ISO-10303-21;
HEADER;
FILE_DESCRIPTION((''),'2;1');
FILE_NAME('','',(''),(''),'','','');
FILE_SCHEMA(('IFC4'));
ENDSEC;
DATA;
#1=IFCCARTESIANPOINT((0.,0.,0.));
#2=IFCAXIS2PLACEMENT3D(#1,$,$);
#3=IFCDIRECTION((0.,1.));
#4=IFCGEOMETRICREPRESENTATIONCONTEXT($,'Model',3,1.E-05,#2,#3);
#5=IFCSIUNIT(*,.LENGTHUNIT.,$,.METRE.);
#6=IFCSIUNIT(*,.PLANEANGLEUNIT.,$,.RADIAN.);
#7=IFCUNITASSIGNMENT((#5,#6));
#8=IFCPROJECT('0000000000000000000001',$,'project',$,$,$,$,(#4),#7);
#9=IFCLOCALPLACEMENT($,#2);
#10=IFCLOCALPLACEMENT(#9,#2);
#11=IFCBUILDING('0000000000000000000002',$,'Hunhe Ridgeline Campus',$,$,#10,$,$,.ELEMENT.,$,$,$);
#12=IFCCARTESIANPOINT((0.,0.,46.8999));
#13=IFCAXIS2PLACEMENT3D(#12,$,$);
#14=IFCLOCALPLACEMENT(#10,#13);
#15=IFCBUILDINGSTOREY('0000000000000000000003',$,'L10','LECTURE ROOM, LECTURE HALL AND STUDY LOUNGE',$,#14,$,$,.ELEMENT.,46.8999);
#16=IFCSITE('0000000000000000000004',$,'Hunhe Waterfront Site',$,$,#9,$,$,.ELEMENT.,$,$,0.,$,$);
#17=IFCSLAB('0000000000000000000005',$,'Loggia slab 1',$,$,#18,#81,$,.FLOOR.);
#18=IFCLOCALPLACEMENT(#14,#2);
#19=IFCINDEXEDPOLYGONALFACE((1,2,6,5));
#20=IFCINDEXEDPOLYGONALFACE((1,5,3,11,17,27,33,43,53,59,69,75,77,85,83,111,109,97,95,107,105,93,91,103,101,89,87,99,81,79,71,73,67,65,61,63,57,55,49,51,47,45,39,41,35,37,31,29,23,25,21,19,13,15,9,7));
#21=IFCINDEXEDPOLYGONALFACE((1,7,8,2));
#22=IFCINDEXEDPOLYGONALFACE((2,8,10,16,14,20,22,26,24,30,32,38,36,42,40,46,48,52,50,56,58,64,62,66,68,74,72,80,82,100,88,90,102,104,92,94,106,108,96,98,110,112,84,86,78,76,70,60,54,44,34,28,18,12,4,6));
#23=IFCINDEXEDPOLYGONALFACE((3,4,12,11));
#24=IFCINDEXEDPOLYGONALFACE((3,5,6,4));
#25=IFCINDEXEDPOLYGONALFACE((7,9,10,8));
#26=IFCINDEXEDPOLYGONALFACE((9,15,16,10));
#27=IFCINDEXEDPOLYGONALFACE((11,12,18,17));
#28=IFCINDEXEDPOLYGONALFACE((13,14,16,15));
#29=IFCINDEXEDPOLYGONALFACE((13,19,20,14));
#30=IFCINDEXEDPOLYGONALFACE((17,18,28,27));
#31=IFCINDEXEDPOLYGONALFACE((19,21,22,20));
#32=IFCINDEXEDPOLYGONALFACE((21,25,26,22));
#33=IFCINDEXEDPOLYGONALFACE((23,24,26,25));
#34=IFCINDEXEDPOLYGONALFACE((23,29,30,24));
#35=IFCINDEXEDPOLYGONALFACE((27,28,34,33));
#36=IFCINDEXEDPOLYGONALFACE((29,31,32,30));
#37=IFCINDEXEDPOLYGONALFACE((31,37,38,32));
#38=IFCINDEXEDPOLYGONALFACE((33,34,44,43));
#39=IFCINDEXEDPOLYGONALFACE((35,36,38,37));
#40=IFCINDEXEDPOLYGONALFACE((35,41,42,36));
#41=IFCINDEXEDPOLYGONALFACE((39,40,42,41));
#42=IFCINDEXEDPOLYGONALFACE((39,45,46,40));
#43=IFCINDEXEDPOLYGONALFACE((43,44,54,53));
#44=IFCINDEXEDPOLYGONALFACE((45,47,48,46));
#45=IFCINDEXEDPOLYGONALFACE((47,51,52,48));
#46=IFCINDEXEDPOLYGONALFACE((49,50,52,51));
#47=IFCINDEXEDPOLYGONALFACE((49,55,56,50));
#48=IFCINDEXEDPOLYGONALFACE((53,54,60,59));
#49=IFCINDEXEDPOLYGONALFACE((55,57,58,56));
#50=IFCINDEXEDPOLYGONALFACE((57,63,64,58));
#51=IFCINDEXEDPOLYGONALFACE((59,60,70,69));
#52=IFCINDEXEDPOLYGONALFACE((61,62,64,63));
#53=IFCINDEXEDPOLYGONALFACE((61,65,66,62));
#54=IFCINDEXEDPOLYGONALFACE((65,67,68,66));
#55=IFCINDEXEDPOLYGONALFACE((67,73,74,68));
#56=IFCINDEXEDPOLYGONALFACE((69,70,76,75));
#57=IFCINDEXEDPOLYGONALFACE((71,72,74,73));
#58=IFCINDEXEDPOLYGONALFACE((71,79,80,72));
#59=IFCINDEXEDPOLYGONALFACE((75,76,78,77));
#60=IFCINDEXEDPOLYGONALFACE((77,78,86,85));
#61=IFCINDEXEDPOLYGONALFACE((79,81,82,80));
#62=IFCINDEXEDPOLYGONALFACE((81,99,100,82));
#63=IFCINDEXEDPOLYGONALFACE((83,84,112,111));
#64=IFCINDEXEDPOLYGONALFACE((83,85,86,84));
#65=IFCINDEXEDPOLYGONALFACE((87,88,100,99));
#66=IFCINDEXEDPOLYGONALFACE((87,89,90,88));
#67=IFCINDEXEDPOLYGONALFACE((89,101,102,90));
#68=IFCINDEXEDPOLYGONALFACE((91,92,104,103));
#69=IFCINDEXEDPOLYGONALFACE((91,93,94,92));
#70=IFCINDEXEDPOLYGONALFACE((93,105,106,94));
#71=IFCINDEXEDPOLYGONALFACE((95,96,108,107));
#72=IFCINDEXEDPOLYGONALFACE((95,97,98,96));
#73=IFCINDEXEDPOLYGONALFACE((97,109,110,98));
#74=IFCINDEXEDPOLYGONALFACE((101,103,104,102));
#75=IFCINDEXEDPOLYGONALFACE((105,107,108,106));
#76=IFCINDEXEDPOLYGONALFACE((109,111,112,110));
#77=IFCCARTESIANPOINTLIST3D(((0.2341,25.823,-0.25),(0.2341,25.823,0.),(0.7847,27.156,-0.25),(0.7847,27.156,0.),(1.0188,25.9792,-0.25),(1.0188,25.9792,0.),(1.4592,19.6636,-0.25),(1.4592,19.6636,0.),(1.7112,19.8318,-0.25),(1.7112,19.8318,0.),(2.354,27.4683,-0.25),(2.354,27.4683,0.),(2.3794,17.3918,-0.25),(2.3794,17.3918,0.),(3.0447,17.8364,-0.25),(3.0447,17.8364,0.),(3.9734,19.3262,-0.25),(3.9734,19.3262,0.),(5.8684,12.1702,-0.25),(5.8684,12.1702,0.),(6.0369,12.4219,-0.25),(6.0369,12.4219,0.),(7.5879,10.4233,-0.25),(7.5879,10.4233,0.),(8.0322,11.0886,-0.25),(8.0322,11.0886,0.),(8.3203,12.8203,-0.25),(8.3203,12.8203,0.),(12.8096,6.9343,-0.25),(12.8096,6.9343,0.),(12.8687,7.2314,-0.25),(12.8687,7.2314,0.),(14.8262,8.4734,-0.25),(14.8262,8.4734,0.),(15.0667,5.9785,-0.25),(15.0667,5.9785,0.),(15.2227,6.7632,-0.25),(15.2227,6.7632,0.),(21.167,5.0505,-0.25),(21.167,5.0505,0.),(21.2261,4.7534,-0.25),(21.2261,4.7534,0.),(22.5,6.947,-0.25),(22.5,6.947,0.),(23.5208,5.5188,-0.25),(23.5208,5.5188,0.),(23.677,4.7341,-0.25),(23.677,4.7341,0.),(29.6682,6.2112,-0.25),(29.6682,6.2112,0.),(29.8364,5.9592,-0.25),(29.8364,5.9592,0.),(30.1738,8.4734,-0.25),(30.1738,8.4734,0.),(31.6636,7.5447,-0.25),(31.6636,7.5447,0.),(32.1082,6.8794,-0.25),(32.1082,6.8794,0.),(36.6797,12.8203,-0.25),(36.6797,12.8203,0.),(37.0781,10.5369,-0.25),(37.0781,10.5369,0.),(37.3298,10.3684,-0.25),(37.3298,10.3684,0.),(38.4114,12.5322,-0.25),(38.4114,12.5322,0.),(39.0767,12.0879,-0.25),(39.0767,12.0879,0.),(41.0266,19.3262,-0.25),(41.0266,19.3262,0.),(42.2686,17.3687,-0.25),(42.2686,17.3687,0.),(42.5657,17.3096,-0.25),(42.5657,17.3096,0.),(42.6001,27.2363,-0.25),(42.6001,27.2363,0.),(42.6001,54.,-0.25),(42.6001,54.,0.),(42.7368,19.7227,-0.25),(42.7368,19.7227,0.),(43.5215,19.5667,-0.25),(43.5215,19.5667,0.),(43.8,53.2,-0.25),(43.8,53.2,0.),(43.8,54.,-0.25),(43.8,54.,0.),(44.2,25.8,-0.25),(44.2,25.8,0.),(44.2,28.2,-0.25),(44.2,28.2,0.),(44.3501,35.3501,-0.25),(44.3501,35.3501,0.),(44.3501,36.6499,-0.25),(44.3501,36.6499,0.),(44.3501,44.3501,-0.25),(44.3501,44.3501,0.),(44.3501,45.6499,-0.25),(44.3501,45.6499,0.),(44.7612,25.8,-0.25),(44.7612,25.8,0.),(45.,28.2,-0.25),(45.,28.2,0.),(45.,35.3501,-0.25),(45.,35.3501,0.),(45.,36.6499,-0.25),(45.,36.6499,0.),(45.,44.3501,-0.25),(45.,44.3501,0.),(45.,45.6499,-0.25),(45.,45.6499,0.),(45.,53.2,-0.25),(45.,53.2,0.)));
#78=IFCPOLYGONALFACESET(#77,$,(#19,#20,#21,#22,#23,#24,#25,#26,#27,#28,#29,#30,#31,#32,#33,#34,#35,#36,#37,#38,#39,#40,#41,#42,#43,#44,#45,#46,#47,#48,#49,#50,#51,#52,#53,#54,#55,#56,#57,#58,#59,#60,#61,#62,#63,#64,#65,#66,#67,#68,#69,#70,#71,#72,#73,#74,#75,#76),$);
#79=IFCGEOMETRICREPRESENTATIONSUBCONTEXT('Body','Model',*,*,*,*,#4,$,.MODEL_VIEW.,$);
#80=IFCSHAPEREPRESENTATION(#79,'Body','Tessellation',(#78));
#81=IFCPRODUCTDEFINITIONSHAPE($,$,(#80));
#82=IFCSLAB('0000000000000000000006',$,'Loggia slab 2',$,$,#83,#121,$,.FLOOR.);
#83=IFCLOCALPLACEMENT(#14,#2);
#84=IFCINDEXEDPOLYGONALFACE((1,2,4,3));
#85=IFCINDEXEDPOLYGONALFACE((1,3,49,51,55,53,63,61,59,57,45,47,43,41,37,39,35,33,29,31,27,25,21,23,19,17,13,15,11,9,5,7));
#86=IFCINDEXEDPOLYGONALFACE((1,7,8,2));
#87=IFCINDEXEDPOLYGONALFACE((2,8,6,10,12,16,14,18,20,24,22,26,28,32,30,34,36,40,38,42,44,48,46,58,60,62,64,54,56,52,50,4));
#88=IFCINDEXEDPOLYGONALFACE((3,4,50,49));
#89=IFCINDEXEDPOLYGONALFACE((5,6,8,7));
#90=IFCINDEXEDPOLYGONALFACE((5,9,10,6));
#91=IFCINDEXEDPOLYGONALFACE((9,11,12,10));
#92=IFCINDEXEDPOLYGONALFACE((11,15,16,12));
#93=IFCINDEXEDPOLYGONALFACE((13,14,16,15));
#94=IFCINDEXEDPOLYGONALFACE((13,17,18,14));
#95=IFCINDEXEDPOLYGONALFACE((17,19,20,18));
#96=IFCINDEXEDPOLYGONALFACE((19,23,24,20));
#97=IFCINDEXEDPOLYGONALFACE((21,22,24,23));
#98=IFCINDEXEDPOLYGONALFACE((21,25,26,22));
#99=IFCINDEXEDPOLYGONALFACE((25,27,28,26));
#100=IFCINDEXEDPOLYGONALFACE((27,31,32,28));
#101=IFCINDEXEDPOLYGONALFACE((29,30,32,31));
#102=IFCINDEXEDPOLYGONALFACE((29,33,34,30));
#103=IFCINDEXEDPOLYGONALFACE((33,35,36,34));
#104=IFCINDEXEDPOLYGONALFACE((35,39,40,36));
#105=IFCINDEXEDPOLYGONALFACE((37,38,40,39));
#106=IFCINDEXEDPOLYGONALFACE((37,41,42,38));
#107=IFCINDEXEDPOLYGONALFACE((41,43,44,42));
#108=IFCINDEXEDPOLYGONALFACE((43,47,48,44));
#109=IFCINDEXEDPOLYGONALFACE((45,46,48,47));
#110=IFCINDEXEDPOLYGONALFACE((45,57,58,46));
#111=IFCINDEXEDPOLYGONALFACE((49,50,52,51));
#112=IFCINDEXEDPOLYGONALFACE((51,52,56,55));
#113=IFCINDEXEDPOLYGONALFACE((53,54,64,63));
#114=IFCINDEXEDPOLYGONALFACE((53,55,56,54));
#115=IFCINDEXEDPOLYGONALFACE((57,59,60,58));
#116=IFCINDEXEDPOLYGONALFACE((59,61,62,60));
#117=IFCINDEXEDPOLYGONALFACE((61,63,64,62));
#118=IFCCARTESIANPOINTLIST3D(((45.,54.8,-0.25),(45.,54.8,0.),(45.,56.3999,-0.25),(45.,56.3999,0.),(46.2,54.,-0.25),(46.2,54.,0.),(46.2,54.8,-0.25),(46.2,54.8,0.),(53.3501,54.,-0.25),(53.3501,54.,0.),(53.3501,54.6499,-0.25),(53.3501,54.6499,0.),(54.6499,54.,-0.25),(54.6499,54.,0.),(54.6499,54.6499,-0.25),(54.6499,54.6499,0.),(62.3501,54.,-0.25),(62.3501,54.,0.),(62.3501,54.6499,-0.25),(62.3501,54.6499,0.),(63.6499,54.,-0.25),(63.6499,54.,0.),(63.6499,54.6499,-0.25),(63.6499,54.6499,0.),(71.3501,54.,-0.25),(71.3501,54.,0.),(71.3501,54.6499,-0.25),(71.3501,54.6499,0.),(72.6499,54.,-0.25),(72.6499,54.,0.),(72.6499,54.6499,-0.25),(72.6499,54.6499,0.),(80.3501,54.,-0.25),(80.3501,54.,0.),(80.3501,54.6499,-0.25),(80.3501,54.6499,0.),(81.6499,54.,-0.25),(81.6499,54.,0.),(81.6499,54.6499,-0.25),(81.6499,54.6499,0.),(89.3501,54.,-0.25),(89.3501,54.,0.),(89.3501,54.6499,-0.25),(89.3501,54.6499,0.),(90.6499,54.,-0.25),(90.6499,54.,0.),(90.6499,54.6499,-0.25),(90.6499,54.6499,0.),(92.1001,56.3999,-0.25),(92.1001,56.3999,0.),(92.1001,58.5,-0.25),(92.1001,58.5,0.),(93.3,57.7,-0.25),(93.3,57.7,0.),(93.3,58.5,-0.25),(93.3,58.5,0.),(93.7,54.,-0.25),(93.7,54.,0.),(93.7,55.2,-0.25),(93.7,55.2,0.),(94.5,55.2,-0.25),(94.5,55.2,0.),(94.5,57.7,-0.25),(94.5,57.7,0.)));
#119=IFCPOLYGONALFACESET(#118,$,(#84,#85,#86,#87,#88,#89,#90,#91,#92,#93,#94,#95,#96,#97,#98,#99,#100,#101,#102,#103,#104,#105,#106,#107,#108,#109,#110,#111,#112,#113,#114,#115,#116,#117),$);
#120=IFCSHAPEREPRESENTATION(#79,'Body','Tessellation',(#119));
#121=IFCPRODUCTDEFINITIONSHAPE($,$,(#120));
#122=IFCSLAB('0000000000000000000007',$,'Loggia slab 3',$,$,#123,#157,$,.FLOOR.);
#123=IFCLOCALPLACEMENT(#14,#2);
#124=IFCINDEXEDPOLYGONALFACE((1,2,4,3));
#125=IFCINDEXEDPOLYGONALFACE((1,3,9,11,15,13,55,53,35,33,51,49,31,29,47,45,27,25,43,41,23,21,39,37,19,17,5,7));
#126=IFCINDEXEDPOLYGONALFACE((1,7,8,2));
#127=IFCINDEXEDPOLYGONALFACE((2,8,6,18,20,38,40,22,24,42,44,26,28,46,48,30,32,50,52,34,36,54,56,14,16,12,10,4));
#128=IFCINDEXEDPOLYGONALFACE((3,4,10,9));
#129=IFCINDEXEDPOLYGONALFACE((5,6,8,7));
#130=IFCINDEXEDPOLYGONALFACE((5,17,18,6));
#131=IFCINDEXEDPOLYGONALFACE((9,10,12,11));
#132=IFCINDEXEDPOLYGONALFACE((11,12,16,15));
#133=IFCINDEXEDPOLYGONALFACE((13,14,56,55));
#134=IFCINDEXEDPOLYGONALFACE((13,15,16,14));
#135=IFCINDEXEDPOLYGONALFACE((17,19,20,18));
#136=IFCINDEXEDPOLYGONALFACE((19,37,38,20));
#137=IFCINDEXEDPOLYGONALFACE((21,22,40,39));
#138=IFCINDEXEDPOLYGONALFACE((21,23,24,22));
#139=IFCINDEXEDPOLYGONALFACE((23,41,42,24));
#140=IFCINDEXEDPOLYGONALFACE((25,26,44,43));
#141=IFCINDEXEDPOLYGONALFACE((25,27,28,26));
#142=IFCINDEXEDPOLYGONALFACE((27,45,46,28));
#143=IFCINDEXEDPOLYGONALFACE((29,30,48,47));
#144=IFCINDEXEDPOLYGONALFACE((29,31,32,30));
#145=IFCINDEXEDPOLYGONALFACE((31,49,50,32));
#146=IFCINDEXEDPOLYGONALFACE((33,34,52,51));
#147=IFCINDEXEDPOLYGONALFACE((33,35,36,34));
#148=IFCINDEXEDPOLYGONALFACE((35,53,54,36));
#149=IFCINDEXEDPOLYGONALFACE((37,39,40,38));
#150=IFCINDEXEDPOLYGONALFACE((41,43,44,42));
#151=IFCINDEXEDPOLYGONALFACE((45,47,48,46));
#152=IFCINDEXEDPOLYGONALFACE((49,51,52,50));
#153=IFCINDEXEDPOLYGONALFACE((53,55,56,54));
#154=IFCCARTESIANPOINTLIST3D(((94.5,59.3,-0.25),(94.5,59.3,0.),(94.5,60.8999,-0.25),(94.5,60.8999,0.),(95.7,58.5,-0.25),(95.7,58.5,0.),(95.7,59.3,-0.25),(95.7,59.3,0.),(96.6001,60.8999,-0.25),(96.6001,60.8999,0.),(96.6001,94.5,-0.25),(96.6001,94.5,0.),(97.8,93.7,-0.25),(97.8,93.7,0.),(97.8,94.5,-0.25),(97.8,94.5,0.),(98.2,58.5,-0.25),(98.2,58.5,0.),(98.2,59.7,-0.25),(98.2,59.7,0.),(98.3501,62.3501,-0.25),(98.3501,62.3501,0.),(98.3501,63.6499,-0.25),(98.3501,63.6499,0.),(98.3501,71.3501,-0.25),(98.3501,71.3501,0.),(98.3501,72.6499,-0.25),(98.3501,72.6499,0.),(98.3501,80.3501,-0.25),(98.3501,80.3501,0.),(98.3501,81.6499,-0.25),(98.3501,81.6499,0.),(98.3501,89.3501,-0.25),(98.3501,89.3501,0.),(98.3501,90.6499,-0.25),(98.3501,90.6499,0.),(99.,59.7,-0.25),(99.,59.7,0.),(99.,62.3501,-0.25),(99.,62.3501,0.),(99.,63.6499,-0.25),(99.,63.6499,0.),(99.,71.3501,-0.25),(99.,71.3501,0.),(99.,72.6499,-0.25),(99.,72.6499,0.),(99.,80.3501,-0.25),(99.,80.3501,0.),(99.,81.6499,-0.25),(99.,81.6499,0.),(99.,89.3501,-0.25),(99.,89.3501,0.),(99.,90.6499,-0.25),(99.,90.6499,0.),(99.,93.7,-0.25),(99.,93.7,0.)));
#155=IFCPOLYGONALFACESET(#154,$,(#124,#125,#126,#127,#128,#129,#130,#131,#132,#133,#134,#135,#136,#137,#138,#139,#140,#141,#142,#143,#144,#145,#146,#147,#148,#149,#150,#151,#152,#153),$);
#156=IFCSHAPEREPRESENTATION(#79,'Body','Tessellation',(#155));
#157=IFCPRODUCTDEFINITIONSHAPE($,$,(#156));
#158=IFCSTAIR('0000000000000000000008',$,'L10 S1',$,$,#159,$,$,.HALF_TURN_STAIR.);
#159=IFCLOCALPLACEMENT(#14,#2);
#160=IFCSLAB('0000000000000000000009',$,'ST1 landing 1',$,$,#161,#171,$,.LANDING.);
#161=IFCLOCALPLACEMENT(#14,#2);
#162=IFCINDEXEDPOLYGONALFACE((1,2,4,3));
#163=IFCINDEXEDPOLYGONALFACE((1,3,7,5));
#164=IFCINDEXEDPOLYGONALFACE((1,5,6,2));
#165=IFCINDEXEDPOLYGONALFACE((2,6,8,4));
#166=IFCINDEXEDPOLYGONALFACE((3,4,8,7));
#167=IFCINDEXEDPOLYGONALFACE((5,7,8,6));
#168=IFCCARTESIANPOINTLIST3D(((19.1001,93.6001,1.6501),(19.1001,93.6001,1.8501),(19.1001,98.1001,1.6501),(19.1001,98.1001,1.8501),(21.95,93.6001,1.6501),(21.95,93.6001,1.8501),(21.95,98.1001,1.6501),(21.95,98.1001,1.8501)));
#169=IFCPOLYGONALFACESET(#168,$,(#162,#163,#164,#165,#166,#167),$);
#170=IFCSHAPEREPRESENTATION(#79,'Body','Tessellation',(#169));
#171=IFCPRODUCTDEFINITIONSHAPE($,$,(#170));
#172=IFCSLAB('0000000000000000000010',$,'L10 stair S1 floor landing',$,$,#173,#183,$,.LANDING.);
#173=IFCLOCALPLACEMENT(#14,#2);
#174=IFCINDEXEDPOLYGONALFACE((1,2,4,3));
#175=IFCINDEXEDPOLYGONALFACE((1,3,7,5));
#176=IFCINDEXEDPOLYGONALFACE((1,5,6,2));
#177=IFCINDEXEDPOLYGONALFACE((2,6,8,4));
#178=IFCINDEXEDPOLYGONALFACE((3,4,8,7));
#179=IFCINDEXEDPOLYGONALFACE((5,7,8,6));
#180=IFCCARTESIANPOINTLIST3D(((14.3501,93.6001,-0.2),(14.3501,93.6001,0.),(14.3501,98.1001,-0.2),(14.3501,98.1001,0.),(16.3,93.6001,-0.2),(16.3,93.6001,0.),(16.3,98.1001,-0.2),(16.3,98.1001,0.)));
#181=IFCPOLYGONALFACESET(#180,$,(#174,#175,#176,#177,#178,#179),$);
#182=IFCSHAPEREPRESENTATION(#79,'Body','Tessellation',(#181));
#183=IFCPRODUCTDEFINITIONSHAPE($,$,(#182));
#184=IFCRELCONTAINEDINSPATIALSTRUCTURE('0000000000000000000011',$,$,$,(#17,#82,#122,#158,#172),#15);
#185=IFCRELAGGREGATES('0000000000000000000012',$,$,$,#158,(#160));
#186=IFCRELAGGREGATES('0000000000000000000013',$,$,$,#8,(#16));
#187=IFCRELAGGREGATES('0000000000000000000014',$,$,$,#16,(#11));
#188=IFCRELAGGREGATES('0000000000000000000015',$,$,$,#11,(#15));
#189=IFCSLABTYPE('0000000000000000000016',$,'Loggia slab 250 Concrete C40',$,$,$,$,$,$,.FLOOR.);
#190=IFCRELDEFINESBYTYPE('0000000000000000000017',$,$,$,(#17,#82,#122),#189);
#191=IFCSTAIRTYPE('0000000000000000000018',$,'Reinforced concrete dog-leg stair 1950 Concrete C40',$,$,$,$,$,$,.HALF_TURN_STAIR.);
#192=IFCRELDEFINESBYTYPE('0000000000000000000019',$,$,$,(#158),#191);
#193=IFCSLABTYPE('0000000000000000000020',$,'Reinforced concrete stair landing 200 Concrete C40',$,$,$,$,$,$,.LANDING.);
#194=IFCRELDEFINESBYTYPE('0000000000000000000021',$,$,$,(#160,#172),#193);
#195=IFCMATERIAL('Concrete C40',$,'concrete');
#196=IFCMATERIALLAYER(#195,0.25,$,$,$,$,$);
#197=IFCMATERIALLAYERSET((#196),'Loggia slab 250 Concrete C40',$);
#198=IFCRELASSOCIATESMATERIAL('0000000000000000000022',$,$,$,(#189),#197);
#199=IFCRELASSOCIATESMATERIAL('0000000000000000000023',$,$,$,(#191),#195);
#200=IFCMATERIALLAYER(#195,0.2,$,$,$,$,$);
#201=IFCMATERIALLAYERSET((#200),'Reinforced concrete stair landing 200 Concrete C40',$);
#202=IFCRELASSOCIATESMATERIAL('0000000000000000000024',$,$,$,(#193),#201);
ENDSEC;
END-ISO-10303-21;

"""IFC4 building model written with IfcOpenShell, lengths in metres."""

from ifc_helpers import new_model, si_unit, direction, frame, origin, place, context, subcontext, project, spatial, polyline, outline, extrude, material, layer, layer_set, type_object, element, aggregate, save


model = new_model("IFC4")

# Units and contexts
model_context = context("Model", 3, precision=1e-05, world=origin(), true_north=direction((0.0, 1.0)))
body_context = subcontext(model_context, "Body", "Model", "MODEL_VIEW")
ifc_project = project(units=[si_unit("LENGTHUNIT", "METRE"), si_unit("PLANEANGLEUNIT", "RADIAN")], contexts=[model_context])

# Site, building, storey
site_placement = place(None, origin())
site = spatial("IfcSite", under=ifc_project, at=site_placement, Name="Hunhe Waterfront Site", CompositionType="ELEMENT", RefElevation=0.0)
building_placement = place(site_placement, origin())
building = spatial("IfcBuilding", under=site, at=building_placement, Name="Hunhe Ridgeline Campus", CompositionType="ELEMENT")
storey_placement = place(building_placement, frame((0.0, 0.0, 46.8999)))
storey = spatial("IfcBuildingStorey", under=building, at=storey_placement, Name="L10", Description="LECTURE ROOM, LECTURE HALL AND STUDY LOUNGE", CompositionType="ELEMENT", Elevation=46.8999)

# Slabs
ifc_material_1 = material(Name="Concrete C40", Category="concrete")
ifc_layer_1 = layer(ifc_material_1, 0.25)
ifc_layer_set_1 = layer_set([ifc_layer_1], Name="Loggia slab 250 Concrete C40")
slab_type_1 = type_object("IfcSlabType", Name="Loggia slab 250 Concrete C40", PredefinedType="FLOOR", material=ifc_layer_set_1)
slab_1_placement = place(storey_placement, frame((0.0, 0.0, -0.25)))
element("IfcSlab", 1, at=slab_1_placement, inside=storey, type_object=slab_type_1, Name="Loggia slab 1", PredefinedType="FLOOR", context=body_context, shape_type="SweptSolid", body=[
    extrude(outline(polyline([(30.1738, 8.4734), (22.5, 6.947), (14.8262, 8.4734), (8.3203, 12.8203), (3.9734, 19.3262), (2.354, 27.4683), (0.7847, 27.156), (1.0188, 25.9792), (0.2341, 25.823), (1.4592, 19.6636), (1.7112, 19.8318), (3.0447, 17.8364), (2.3794, 17.3918), (5.8684, 12.1702), (6.0369, 12.4219), (8.0322, 11.0886), (7.5879, 10.4233), (12.8096, 6.9343), (12.8687, 7.2314), (15.2227, 6.7632), (15.0667, 5.9785), (21.2261, 4.7534), (21.167, 5.0505), (23.5208, 5.5188), (23.677, 4.7341), (29.8364, 5.9592), (29.6682, 6.2112), (31.6636, 7.5447), (32.1082, 6.8794), (37.3298, 10.3684), (37.0781, 10.5369), (38.4114, 12.5322), (39.0767, 12.0879), (42.5657, 17.3096), (42.2686, 17.3687), (42.7368, 19.7227), (43.5215, 19.5667), (44.7612, 25.8), (44.2, 25.8), (44.2, 28.2), (45.0, 28.2), (45.0, 35.3501), (44.3501, 35.3501), (44.3501, 36.6499), (45.0, 36.6499), (45.0, 44.3501), (44.3501, 44.3501), (44.3501, 45.6499), (45.0, 45.6499), (45.0, 53.2), (43.8, 53.2), (43.8, 54.0), (42.6001, 54.0), (42.6001, 27.2363), (41.0266, 19.3262), (36.6797, 12.8203), (30.1738, 8.4734)])), origin(), (0.0, 0.0, 1.0), 0.25),
])
slab_2_placement = place(storey_placement, frame((0.0, 0.0, -0.25)))
element("IfcSlab", 2, at=slab_2_placement, inside=storey, type_object=slab_type_1, Name="Loggia slab 2", PredefinedType="FLOOR", context=body_context, shape_type="SweptSolid", body=[
    extrude(outline(polyline([(45.0, 54.8), (46.2, 54.8), (46.2, 54.0), (53.3501, 54.0), (53.3501, 54.6499), (54.6499, 54.6499), (54.6499, 54.0), (62.3501, 54.0), (62.3501, 54.6499), (63.6499, 54.6499), (63.6499, 54.0), (71.3501, 54.0), (71.3501, 54.6499), (72.6499, 54.6499), (72.6499, 54.0), (80.3501, 54.0), (80.3501, 54.6499), (81.6499, 54.6499), (81.6499, 54.0), (89.3501, 54.0), (89.3501, 54.6499), (90.6499, 54.6499), (90.6499, 54.0), (93.7, 54.0), (93.7, 55.2), (94.5, 55.2), (94.5, 57.7), (93.3, 57.7), (93.3, 58.5), (92.1001, 58.5), (92.1001, 56.3999), (45.0, 56.3999), (45.0, 54.8)])), origin(), (0.0, 0.0, 1.0), 0.25),
])
slab_3_placement = place(storey_placement, frame((0.0, 0.0, -0.25)))
element("IfcSlab", 3, at=slab_3_placement, inside=storey, type_object=slab_type_1, Name="Loggia slab 3", PredefinedType="FLOOR", context=body_context, shape_type="SweptSolid", body=[
    extrude(outline(polyline([(94.5, 59.3), (95.7, 59.3), (95.7, 58.5), (98.2, 58.5), (98.2, 59.7), (99.0, 59.7), (99.0, 62.3501), (98.3501, 62.3501), (98.3501, 63.6499), (99.0, 63.6499), (99.0, 71.3501), (98.3501, 71.3501), (98.3501, 72.6499), (99.0, 72.6499), (99.0, 80.3501), (98.3501, 80.3501), (98.3501, 81.6499), (99.0, 81.6499), (99.0, 89.3501), (98.3501, 89.3501), (98.3501, 90.6499), (99.0, 90.6499), (99.0, 93.7), (97.8, 93.7), (97.8, 94.5), (96.6001, 94.5), (96.6001, 60.8999), (94.5, 60.8999), (94.5, 59.3)])), origin(), (0.0, 0.0, 1.0), 0.25),
])

# Stair, slab
stair_type = type_object("IfcStairType", Name="Reinforced concrete dog-leg stair 1950 Concrete C40", PredefinedType="HALF_TURN_STAIR", material=ifc_material_1)
stair_1_placement = place(storey_placement, origin())
stair_1 = element("IfcStair", 4, at=stair_1_placement, inside=storey, type_object=stair_type, Name="L10 S1", PredefinedType="HALF_TURN_STAIR")
ifc_layer_2 = layer(ifc_material_1, 0.2)
ifc_layer_set_2 = layer_set([ifc_layer_2], Name="Reinforced concrete stair landing 200 Concrete C40")
slab_type_2 = type_object("IfcSlabType", Name="Reinforced concrete stair landing 200 Concrete C40", PredefinedType="LANDING", material=ifc_layer_set_2)
slab_4_placement = place(storey_placement, frame((0.0, 0.0, 1.6501)))
slab_4 = element("IfcSlab", 5, at=slab_4_placement, type_object=slab_type_2, Name="ST1 landing 1", PredefinedType="LANDING", context=body_context, shape_type="SweptSolid", body=[
    extrude(outline(polyline([(19.1001, 93.6001), (21.95, 93.6001), (21.95, 98.1001), (19.1001, 98.1001), (19.1001, 93.6001)])), origin(), (0.0, 0.0, 1.0), 0.2),
])
aggregate(stair_1, [slab_4])

# Slab
slab_5_placement = place(storey_placement, frame((0.0, 0.0, -0.2)))
element("IfcSlab", 6, at=slab_5_placement, inside=storey, type_object=slab_type_2, Name="L10 stair S1 floor landing", PredefinedType="LANDING", context=body_context, shape_type="SweptSolid", body=[
    extrude(outline(polyline([(14.3501, 93.6001), (16.3, 93.6001), (16.3, 98.1001), (14.3501, 98.1001), (14.3501, 93.6001)])), origin(), (0.0, 0.0, 1.0), 0.2),
])

save(model, "model.ifc")
